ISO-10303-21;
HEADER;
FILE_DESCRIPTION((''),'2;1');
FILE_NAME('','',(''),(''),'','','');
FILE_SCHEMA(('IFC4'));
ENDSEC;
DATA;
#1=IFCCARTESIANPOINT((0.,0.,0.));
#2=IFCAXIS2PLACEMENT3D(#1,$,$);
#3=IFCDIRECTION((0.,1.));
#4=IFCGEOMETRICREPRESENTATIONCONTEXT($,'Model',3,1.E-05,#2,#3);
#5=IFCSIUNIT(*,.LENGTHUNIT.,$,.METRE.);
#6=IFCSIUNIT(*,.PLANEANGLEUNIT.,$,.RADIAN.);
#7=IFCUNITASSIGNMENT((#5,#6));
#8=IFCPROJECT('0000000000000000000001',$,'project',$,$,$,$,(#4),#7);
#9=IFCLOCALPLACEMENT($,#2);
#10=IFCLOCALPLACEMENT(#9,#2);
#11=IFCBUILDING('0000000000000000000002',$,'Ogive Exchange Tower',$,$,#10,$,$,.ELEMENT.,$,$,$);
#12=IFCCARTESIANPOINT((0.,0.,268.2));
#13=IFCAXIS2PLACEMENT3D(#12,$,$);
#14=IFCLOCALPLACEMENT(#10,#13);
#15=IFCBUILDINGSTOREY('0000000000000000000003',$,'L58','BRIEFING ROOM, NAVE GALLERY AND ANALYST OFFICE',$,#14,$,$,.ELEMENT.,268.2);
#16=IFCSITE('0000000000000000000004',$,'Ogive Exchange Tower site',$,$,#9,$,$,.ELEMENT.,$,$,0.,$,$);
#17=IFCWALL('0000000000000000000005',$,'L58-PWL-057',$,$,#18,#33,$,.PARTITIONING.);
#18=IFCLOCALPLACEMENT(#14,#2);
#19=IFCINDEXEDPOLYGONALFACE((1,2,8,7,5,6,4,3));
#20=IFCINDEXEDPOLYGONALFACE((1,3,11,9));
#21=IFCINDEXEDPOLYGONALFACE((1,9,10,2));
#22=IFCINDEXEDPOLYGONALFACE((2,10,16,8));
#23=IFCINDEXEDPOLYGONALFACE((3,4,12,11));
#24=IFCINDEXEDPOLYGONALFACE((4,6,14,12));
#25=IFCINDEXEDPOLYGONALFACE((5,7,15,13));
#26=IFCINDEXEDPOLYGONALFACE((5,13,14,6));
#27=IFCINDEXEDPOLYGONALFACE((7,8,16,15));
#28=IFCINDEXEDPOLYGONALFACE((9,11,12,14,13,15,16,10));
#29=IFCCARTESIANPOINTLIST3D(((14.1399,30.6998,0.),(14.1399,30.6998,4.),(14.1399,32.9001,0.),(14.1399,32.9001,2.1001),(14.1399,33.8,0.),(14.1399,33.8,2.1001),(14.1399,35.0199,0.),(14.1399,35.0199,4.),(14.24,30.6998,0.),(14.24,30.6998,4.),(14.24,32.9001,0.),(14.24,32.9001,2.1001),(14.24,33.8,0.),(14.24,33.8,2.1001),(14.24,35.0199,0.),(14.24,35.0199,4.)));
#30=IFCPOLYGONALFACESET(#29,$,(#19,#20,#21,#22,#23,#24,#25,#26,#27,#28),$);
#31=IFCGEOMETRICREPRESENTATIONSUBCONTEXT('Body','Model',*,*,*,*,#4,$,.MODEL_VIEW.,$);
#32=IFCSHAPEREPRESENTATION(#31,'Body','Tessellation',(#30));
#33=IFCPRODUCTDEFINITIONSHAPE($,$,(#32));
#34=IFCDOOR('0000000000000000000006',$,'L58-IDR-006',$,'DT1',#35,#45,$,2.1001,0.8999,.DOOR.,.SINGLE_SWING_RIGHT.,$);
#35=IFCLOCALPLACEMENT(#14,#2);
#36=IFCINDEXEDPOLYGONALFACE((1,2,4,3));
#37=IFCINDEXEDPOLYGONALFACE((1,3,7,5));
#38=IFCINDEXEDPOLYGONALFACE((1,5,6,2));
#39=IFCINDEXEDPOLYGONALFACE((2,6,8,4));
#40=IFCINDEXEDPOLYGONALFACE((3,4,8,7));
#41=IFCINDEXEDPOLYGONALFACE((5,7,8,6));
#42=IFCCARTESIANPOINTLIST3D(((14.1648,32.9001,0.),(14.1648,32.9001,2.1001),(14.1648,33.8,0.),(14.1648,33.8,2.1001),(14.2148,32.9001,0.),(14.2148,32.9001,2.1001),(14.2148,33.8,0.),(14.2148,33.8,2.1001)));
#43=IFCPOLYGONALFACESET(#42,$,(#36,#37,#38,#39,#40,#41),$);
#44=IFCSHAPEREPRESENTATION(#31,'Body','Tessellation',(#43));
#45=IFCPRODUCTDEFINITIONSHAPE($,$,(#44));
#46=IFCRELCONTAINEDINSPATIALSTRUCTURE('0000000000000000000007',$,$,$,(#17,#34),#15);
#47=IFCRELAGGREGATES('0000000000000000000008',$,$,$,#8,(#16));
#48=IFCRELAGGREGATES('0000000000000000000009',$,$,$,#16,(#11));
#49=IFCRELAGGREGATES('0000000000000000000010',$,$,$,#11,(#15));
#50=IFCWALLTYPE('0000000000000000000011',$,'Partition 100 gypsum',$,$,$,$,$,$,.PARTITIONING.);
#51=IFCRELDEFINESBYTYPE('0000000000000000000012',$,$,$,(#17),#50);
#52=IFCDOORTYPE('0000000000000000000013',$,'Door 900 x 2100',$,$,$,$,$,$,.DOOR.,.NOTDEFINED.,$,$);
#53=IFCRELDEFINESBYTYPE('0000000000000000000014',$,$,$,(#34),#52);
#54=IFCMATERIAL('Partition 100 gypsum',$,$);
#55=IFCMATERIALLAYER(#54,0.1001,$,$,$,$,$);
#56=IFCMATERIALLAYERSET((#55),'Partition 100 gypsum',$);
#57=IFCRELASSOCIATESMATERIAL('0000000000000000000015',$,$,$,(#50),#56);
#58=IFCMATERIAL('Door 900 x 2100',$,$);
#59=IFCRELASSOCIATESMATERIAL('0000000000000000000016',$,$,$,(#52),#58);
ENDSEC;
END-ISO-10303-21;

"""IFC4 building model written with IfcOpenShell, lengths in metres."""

from ifc_helpers import new_model, si_unit, direction, frame, frame_2d, origin, place, context, subcontext, project, spatial, rectangle, extrude, material, layer, layer_set, type_object, element, fill, save


model = new_model("IFC4")

# Units and contexts
model_context = context("Model", 3, precision=1e-05, world=origin(), true_north=direction((0.0, 1.0)))
body_context = subcontext(model_context, "Body", "Model", "MODEL_VIEW")
ifc_project = project(units=[si_unit("LENGTHUNIT", "METRE"), si_unit("PLANEANGLEUNIT", "RADIAN")], contexts=[model_context])

# Site, building, storey
site_placement = place(None, origin())
site = spatial("IfcSite", under=ifc_project, at=site_placement, Name="Ogive Exchange Tower site", CompositionType="ELEMENT", RefElevation=0.0)
building_placement = place(site_placement, origin())
building = spatial("IfcBuilding", under=site, at=building_placement, Name="Ogive Exchange Tower", CompositionType="ELEMENT")
storey_placement = place(building_placement, frame((0.0, 0.0, 268.2)))
storey = spatial("IfcBuildingStorey", under=building, at=storey_placement, Name="L58", Description="BRIEFING ROOM, NAVE GALLERY AND ANALYST OFFICE", CompositionType="ELEMENT", Elevation=268.2)

# Shared definitions
ifc_material_1 = material(Name="Partition 100 gypsum")
ifc_layer_1 = layer(ifc_material_1, 0.1001)
ifc_layer_set_1 = layer_set([ifc_layer_1], Name="Partition 100 gypsum")
wall_type_1 = type_object("IfcWallType", Name="Partition 100 gypsum", PredefinedType="PARTITIONING", material=ifc_layer_set_1)

# Shared definitions
ifc_material_2 = material(Name="Door 900 x 2100")
door_type_1 = type_object("IfcDoorType", Name="Door 900 x 2100", OperationType="NOTDEFINED", PredefinedType="DOOR", material=ifc_material_2)

# Wall, opening, door
wall_1_placement = place(storey_placement, frame((14.1899, 35.02, 0.0), z_axis=(0.0, 0.0, 1.0), x_axis=(0.0, -1.0, 0.0)))
wall_1 = element("IfcWall", 1, at=wall_1_placement, inside=storey, type_object=wall_type_1, Name="L58-PWL-057", PredefinedType="PARTITIONING", context=body_context, shape_type="SweptSolid", body=[
    extrude(rectangle(XDim=4.3201, YDim=0.1001, at=frame_2d((2.1602, 0.0))), origin(), (0.0, 0.0, 1.0), 4.0),
])
opening_1_placement = place(wall_1_placement, frame((1.22, 0.0, 0.0)))
opening_1 = element("IfcOpeningElement", 2, at=opening_1_placement, cuts=wall_1, PredefinedType="OPENING", context=body_context, shape_type="SweptSolid", body=[
    extrude(rectangle(XDim=0.8999, YDim=2.1001, at=frame_2d((0.45, 1.05))), frame((0.0, 0.0601, 0.0), z_axis=(0.0, -1.0, 0.0), x_axis=(1.0, 0.0, 0.0)), (0.0, 0.0, 1.0), 0.1201),
])
door_1_placement = place(opening_1_placement, origin())
door_1 = element("IfcDoor", 3, at=door_1_placement, inside=storey, type_object=door_type_1, Name="L58-IDR-006", ObjectType="DT1", OperationType="SINGLE_SWING_RIGHT", OverallHeight=2.1001, OverallWidth=0.8999, PredefinedType="DOOR", context=body_context, shape_type="SweptSolid", body=[
    extrude(rectangle(XDim=0.8999, YDim=2.1001, at=frame_2d((0.45, 1.05))), frame((0.0, 0.0249, 0.0), z_axis=(0.0, -1.0, 0.0), x_axis=(1.0, 0.0, 0.0)), (0.0, 0.0, 1.0), 0.05),
])
fill(opening_1, door_1)

save(model, "model.ifc")
